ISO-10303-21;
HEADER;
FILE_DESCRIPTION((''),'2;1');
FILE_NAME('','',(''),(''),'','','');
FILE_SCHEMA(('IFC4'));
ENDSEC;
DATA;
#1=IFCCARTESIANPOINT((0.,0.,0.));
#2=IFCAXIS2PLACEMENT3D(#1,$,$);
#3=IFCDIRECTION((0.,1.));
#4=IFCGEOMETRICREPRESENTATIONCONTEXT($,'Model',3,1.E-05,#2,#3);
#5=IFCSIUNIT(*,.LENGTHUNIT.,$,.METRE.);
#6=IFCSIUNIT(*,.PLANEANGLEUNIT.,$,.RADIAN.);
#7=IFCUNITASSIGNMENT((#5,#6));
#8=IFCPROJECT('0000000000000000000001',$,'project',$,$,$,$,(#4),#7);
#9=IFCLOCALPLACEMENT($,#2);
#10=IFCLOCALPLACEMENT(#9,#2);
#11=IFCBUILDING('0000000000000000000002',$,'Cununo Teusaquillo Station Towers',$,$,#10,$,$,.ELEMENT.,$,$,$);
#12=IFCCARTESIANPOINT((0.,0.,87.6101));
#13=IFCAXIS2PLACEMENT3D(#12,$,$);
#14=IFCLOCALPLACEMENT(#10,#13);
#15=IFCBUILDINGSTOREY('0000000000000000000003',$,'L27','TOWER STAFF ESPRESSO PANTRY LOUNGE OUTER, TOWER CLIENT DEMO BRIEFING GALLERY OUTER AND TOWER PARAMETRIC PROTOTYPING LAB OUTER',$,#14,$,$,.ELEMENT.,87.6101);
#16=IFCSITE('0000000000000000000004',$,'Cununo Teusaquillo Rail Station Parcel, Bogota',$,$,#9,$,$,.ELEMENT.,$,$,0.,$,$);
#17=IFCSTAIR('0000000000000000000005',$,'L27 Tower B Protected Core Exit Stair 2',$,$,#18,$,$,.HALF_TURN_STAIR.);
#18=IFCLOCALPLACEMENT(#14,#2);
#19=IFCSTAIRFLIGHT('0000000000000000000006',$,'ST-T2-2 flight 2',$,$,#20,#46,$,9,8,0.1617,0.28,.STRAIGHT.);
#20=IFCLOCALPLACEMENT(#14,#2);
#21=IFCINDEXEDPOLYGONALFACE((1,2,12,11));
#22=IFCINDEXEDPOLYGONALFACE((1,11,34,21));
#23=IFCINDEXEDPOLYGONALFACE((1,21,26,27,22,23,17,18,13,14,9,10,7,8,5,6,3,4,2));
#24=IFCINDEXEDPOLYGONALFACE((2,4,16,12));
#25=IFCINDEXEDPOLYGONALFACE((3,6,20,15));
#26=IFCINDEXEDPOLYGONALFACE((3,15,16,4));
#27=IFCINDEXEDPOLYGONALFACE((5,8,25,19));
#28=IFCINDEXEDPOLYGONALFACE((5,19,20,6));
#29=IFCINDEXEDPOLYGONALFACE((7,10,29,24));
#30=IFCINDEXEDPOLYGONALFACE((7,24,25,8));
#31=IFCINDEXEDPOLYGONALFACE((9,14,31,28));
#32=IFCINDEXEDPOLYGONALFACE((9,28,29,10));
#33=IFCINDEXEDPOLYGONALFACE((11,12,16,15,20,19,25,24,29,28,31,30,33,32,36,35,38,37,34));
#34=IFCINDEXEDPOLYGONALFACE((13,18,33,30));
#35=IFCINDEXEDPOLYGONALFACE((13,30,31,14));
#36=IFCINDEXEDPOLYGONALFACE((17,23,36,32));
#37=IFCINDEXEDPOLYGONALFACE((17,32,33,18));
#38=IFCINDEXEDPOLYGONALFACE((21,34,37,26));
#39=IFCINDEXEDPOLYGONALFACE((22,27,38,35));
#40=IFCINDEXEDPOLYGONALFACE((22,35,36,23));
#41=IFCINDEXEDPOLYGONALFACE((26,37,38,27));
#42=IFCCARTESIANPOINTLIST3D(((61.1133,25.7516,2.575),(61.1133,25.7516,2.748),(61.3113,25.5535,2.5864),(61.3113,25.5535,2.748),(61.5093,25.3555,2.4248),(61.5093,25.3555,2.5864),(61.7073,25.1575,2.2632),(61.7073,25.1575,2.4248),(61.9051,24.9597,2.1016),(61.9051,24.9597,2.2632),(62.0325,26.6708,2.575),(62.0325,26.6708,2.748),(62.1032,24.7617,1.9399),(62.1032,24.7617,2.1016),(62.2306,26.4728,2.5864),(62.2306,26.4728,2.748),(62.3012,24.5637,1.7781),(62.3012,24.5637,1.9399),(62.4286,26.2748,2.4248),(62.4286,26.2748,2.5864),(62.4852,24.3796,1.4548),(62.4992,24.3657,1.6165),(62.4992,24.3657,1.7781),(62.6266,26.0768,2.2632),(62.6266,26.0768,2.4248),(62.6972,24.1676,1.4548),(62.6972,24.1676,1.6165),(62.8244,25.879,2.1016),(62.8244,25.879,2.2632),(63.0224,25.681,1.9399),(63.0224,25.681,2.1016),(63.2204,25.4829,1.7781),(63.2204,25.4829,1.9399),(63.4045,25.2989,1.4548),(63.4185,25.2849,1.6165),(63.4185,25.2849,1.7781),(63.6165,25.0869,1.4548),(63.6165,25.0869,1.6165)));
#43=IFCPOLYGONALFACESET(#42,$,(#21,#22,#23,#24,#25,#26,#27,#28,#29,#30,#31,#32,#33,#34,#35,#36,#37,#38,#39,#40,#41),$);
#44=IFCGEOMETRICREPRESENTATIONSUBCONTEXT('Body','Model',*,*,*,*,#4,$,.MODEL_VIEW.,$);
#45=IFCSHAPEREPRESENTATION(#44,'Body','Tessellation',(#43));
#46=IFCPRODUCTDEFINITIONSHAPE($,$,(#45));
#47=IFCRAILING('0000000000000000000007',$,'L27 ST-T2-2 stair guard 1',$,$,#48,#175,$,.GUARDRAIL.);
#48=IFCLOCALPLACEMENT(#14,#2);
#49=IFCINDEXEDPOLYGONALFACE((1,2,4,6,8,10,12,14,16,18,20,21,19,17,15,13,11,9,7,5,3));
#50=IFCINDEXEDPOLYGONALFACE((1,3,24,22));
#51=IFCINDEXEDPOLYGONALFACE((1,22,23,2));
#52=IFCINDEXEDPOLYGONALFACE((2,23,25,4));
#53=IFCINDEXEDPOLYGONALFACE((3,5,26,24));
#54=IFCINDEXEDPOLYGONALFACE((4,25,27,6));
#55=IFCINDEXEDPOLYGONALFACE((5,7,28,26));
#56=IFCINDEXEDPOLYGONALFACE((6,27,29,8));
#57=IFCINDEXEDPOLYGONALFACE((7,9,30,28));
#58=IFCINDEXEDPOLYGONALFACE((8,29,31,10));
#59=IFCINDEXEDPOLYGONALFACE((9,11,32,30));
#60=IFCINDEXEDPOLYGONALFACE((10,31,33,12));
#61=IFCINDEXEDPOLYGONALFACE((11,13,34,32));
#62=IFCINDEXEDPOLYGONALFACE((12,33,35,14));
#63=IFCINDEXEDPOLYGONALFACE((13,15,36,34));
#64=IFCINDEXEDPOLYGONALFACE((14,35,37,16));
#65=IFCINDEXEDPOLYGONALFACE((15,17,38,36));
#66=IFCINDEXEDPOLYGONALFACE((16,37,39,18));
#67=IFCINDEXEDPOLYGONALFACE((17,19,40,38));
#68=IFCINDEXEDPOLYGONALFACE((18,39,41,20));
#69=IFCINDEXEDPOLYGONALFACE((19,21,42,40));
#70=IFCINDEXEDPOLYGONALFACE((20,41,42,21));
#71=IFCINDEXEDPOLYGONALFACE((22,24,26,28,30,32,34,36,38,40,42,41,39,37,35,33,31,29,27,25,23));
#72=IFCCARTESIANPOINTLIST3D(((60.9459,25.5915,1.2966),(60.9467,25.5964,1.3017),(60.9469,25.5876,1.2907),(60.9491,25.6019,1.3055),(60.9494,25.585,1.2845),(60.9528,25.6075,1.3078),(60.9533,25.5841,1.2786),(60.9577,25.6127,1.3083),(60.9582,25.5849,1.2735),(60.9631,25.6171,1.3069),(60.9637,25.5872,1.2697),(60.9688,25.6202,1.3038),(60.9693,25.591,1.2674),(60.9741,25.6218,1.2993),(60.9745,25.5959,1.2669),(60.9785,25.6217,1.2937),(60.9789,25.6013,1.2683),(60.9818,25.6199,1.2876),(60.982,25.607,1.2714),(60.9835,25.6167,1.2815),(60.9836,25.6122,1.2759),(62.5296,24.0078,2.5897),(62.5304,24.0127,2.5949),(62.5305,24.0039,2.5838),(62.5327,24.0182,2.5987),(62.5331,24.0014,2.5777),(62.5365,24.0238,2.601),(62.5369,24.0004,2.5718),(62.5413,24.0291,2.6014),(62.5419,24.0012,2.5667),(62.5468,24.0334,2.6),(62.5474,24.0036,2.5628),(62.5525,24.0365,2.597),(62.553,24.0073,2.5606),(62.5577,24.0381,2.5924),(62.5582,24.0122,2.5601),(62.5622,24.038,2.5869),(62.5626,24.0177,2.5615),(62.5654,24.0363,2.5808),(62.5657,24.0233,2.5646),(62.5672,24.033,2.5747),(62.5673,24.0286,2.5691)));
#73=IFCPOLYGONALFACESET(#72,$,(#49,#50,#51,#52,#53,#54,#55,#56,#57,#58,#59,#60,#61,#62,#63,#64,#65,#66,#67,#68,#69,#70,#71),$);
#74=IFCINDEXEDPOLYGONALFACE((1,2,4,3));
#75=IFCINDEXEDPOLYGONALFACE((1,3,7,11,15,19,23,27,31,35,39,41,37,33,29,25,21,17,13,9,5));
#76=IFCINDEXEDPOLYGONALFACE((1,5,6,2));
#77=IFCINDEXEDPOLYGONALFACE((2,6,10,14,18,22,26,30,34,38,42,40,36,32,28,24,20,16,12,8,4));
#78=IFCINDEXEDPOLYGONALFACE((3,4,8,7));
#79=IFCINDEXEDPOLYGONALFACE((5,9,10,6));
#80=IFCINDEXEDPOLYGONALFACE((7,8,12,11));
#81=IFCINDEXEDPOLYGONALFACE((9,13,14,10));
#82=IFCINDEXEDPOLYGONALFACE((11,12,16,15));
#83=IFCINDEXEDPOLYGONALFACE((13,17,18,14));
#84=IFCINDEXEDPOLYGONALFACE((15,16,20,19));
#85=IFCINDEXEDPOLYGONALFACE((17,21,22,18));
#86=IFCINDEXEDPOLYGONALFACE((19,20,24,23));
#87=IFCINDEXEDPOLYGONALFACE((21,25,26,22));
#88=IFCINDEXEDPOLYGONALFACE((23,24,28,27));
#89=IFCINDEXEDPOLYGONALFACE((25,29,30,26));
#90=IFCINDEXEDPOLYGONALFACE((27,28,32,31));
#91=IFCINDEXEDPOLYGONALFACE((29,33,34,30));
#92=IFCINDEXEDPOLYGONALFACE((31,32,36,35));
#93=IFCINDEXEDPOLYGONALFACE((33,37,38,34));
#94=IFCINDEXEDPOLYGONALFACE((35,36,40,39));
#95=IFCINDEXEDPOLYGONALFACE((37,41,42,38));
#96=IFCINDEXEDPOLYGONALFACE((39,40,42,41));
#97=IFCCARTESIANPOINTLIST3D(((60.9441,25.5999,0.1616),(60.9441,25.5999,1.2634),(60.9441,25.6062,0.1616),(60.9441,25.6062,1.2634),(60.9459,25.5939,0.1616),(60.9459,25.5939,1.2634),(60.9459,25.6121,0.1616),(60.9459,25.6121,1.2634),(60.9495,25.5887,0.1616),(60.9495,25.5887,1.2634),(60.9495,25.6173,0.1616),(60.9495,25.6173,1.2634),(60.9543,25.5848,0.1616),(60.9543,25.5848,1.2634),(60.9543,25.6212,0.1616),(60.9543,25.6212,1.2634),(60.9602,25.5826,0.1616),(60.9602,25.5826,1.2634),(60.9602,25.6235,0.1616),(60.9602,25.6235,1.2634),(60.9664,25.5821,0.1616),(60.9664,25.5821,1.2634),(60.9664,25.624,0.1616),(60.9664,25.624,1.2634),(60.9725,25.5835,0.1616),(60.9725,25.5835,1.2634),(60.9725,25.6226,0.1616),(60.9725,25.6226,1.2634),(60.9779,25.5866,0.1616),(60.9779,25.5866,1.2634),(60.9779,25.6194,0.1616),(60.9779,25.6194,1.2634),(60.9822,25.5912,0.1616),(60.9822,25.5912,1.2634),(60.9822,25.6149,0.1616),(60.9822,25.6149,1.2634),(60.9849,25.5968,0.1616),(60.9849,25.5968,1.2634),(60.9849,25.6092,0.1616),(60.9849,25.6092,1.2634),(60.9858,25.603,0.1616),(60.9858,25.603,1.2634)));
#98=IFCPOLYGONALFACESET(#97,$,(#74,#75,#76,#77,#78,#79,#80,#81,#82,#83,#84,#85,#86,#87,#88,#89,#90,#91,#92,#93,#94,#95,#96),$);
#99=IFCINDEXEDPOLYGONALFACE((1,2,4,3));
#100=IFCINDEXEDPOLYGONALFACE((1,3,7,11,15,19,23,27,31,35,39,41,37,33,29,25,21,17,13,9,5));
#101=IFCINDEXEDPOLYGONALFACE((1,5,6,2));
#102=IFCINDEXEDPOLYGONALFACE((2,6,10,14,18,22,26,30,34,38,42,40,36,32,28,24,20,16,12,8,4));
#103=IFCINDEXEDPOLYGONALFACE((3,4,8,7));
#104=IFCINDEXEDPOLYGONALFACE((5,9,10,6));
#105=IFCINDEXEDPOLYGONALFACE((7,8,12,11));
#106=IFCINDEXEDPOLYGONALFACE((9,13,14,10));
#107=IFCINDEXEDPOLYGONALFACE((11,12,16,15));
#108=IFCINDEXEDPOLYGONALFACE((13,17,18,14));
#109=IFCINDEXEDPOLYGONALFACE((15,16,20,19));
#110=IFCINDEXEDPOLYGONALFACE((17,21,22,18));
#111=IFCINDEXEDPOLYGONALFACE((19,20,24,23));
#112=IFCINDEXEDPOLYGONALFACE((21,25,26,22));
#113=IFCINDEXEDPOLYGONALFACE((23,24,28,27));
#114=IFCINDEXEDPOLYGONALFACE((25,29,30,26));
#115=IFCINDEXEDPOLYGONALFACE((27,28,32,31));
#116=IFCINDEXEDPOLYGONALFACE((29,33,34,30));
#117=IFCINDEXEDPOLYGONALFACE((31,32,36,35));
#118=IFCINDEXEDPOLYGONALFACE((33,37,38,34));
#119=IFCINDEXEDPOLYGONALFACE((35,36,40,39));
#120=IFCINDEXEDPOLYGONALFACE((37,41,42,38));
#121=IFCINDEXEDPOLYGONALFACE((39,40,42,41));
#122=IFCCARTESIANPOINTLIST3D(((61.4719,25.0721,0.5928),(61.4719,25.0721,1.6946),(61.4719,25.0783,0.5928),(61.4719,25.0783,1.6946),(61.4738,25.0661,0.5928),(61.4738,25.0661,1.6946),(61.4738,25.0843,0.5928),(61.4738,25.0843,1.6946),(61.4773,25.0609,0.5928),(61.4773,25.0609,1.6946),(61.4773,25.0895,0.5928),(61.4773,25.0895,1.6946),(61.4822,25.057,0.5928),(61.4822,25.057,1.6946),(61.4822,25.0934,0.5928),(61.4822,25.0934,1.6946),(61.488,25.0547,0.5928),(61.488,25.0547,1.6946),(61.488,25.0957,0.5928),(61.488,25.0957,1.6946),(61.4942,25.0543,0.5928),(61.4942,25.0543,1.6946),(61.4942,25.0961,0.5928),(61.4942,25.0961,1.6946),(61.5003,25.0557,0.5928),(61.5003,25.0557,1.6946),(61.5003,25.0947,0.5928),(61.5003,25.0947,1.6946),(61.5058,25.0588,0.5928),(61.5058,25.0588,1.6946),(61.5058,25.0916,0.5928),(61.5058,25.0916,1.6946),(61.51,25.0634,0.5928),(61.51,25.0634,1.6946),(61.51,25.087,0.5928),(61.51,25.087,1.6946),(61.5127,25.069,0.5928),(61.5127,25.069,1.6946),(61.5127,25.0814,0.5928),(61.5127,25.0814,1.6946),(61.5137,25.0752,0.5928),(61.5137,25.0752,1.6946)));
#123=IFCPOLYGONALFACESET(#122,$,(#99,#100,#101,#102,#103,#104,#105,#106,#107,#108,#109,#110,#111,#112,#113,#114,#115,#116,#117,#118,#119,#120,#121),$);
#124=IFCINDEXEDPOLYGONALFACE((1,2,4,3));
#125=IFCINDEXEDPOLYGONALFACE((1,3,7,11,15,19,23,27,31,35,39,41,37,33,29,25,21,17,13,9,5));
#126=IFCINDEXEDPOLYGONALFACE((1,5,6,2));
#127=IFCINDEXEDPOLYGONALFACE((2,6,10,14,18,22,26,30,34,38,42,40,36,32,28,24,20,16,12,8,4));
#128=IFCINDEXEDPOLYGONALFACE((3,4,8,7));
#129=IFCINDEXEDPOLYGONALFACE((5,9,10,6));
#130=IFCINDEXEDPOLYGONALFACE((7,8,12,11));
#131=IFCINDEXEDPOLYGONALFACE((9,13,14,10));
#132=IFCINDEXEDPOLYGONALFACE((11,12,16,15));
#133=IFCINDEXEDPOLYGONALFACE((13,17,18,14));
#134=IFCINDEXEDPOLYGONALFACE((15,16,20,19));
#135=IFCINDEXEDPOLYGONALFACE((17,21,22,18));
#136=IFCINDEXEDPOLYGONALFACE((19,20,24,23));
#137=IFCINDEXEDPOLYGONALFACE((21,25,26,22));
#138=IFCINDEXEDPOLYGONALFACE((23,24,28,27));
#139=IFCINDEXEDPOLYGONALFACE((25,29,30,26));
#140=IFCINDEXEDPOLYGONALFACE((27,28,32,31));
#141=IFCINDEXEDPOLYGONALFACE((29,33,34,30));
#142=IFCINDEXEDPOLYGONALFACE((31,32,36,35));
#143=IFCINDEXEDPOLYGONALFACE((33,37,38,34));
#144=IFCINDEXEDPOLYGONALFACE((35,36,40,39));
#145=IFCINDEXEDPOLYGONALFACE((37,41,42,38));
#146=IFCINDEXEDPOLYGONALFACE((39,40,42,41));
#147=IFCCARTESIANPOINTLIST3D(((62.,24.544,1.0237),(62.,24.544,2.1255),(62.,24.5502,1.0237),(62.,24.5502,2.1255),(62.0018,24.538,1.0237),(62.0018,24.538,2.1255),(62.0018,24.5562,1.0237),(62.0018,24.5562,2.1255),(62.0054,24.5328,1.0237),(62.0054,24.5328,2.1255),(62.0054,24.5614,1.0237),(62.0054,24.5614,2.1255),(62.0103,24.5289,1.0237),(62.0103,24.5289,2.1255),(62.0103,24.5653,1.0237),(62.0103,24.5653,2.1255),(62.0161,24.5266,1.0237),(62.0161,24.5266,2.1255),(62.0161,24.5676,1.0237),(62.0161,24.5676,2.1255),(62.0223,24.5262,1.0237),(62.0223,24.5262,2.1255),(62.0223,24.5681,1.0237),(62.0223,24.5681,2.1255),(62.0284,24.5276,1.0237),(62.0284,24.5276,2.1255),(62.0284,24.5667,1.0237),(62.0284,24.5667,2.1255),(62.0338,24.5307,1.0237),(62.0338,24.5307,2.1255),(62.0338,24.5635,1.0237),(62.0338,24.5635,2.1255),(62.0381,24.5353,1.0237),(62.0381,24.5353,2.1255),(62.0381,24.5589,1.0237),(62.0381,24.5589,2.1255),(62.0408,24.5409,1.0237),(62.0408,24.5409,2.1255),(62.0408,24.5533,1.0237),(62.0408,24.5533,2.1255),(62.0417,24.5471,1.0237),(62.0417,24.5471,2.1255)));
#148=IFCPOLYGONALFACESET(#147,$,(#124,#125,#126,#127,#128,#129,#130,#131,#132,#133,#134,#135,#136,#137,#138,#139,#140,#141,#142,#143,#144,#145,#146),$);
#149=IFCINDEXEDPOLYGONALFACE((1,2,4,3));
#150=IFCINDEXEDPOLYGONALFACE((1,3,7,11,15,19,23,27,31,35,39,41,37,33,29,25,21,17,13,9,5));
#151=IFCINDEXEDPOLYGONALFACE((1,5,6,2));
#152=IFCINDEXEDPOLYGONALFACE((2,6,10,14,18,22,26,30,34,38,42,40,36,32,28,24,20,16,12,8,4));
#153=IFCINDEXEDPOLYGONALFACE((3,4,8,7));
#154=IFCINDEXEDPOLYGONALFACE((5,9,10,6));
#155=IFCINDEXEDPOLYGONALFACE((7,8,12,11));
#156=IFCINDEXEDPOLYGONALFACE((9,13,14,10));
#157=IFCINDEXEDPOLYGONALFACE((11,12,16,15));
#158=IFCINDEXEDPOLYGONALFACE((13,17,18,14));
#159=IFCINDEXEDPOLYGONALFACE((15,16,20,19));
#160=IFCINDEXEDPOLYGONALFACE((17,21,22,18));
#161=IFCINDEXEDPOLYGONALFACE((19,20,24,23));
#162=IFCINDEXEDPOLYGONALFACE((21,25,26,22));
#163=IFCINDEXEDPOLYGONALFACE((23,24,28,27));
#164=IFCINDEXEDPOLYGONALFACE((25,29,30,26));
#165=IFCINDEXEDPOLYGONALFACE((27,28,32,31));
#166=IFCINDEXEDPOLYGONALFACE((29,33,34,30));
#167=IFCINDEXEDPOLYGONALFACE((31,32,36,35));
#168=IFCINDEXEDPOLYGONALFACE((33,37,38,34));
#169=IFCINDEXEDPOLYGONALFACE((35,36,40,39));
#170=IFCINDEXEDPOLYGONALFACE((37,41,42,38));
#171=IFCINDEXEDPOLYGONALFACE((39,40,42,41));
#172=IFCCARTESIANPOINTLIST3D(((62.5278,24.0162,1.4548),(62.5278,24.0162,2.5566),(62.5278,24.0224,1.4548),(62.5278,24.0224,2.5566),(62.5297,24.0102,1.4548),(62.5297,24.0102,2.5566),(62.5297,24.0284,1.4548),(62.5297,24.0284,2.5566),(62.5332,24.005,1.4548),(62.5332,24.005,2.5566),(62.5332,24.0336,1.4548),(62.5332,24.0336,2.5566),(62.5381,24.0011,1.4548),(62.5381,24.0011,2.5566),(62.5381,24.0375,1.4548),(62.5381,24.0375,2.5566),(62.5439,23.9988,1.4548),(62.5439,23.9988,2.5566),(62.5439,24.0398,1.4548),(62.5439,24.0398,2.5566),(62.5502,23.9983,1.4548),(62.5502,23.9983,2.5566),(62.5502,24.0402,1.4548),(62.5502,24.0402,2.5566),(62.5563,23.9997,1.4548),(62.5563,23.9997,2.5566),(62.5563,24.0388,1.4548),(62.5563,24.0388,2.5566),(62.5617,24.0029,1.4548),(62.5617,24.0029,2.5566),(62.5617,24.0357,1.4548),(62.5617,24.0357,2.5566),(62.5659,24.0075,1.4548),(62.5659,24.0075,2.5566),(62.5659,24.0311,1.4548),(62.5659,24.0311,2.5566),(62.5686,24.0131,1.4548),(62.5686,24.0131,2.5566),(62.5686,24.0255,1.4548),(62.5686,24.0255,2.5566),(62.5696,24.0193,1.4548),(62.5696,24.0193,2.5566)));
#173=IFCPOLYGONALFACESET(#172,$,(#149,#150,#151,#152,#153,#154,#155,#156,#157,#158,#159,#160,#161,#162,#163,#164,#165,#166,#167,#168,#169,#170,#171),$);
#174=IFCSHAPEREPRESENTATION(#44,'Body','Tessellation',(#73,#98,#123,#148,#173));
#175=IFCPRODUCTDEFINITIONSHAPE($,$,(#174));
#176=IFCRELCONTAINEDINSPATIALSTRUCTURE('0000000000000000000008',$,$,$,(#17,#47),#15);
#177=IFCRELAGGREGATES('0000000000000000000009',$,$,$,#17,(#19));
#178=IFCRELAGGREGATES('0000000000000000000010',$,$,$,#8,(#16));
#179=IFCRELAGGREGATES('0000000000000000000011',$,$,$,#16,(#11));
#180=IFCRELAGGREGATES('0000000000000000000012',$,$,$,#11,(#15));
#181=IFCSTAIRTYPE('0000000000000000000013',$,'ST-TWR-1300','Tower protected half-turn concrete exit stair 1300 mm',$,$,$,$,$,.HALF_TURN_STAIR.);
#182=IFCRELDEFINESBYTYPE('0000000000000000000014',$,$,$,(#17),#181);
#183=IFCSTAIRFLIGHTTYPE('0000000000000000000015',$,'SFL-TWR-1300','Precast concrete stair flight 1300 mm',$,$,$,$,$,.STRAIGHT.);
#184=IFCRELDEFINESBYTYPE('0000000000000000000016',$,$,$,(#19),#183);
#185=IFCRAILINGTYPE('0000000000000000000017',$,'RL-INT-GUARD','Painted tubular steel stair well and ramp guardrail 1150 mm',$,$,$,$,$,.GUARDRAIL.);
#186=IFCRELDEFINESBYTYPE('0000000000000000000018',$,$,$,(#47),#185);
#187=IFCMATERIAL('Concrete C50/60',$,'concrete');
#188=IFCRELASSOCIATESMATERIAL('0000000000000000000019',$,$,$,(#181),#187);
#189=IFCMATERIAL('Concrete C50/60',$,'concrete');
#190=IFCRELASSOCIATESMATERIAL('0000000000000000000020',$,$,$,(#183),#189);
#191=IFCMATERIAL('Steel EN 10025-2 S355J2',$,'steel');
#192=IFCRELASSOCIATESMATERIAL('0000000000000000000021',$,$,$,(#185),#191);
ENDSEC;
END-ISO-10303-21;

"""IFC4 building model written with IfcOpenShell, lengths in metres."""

from ifc_helpers import new_model, si_unit, direction, frame, origin, origin_2d, place, context, subcontext, project, spatial, polyline, circle, outline, extrude, material, type_object, element, aggregate, save


model = new_model("IFC4")

# Units and contexts
model_context = context("Model", 3, precision=1e-05, world=origin(), true_north=direction((0.0, 1.0)))
body_context = subcontext(model_context, "Body", "Model", "MODEL_VIEW")
ifc_project = project(units=[si_unit("LENGTHUNIT", "METRE"), si_unit("PLANEANGLEUNIT", "RADIAN")], contexts=[model_context])

# Site, building, storey
site_placement = place(None, origin())
site = spatial("IfcSite", under=ifc_project, at=site_placement, Name="Cununo Teusaquillo Rail Station Parcel, Bogota", CompositionType="ELEMENT", RefElevation=0.0)
building_placement = place(site_placement, origin())
building = spatial("IfcBuilding", under=site, at=building_placement, Name="Cununo Teusaquillo Station Towers", CompositionType="ELEMENT")
storey_placement = place(building_placement, frame((0.0, 0.0, 87.6101)))
storey = spatial("IfcBuildingStorey", under=building, at=storey_placement, Name="L27", Description="TOWER STAFF ESPRESSO PANTRY LOUNGE OUTER, TOWER CLIENT DEMO BRIEFING GALLERY OUTER AND TOWER PARAMETRIC PROTOTYPING LAB OUTER", CompositionType="ELEMENT", Elevation=87.6101)

# Stair, stair flight
ifc_material_1 = material(Name="Concrete C50/60", Category="concrete")
stair_type = type_object("IfcStairType", Name="ST-TWR-1300", Description="Tower protected half-turn concrete exit stair 1300 mm", PredefinedType="HALF_TURN_STAIR", material=ifc_material_1)
stair_placement = place(storey_placement, origin())
stair = element("IfcStair", 1, at=stair_placement, inside=storey, type_object=stair_type, Name="L27 Tower B Protected Core Exit Stair 2", PredefinedType="HALF_TURN_STAIR")
ifc_material_2 = material(Name="Concrete C50/60", Category="concrete")
stair_flight_type = type_object("IfcStairFlightType", Name="SFL-TWR-1300", Description="Precast concrete stair flight 1300 mm", PredefinedType="STRAIGHT", material=ifc_material_2)
stair_flight_1_placement = place(storey_placement, frame((63.1567, 24.6272, 1.4548), z_axis=(0.0, 0.0, 1.0), x_axis=(-0.707107, 0.707107, 0.0)))
stair_flight_1 = element("IfcStairFlight", 2, at=stair_flight_1_placement, type_object=stair_flight_type, Name="ST-T2-2 flight 2", NumberOfRisers=9, NumberOfTreads=8, PredefinedType="STRAIGHT", RiserHeight=0.1617, TreadLength=0.28, context=body_context, shape_type="SweptSolid", body=[
    extrude(outline(polyline([(0.0, 0.0), (0.0, 0.1616), (0.28, 0.1616), (0.28, 0.3232), (0.5601, 0.3232), (0.5601, 0.4851), (0.8401, 0.4851), (0.8401, 0.6467), (1.1201, 0.6467), (1.1201, 0.8083), (1.3999, 0.8083), (1.3999, 0.97), (1.6799, 0.97), (1.6799, 1.1316), (1.96, 1.1316), (1.96, 1.2932), (2.24, 1.2932), (2.24, 1.4551), (2.24, 1.1201), (0.2998, 0.0), (0.0, 0.0)])), frame((0.0, 0.6499, 0.0), z_axis=(0.0, -1.0, 0.0), x_axis=(1.0, 0.0, 0.0)), (0.0, 0.0, 1.0), 1.3),
])
aggregate(stair, [stair_flight_1])

# Railing
ifc_material_3 = material(Name="Steel EN 10025-2 S355J2", Category="steel")
railing_type_1 = type_object("IfcRailingType", Name="RL-INT-GUARD", Description="Painted tubular steel stair well and ramp guardrail 1150 mm", PredefinedType="GUARDRAIL", material=ifc_material_3)
railing_1_placement = place(storey_placement, frame((60.9648, 25.603, 0.1616)))
element("IfcRailing", 3, at=railing_1_placement, inside=storey, type_object=railing_type_1, Name="L27 ST-T2-2 stair guard 1", PredefinedType="GUARDRAIL", context=body_context, shape_type="SweptSolid", body=[
    extrude(circle(Radius=0.0239, at=origin_2d()), frame((0.0, 0.0, 1.126), z_axis=(0.612361, -0.612361, 0.500027), x_axis=(0.707107, 0.707107, 0.0)), (0.0, 0.0, 1.0), 2.5862),
    extrude(circle(Radius=0.021, at=origin_2d()), origin(), (0.0, 0.0, 1.0), 1.1018),
    extrude(circle(Radius=0.021, at=origin_2d()), frame((0.5278, -0.5278, 0.4312)), (0.0, 0.0, 1.0), 1.1018),
    extrude(circle(Radius=0.021, at=origin_2d()), frame((1.0559, -1.0559, 0.8621)), (0.0, 0.0, 1.0), 1.1018),
    extrude(circle(Radius=0.021, at=origin_2d()), frame((1.5837, -1.5837, 1.2932)), (0.0, 0.0, 1.0), 1.1018),
])

save(model, "model.ifc")
